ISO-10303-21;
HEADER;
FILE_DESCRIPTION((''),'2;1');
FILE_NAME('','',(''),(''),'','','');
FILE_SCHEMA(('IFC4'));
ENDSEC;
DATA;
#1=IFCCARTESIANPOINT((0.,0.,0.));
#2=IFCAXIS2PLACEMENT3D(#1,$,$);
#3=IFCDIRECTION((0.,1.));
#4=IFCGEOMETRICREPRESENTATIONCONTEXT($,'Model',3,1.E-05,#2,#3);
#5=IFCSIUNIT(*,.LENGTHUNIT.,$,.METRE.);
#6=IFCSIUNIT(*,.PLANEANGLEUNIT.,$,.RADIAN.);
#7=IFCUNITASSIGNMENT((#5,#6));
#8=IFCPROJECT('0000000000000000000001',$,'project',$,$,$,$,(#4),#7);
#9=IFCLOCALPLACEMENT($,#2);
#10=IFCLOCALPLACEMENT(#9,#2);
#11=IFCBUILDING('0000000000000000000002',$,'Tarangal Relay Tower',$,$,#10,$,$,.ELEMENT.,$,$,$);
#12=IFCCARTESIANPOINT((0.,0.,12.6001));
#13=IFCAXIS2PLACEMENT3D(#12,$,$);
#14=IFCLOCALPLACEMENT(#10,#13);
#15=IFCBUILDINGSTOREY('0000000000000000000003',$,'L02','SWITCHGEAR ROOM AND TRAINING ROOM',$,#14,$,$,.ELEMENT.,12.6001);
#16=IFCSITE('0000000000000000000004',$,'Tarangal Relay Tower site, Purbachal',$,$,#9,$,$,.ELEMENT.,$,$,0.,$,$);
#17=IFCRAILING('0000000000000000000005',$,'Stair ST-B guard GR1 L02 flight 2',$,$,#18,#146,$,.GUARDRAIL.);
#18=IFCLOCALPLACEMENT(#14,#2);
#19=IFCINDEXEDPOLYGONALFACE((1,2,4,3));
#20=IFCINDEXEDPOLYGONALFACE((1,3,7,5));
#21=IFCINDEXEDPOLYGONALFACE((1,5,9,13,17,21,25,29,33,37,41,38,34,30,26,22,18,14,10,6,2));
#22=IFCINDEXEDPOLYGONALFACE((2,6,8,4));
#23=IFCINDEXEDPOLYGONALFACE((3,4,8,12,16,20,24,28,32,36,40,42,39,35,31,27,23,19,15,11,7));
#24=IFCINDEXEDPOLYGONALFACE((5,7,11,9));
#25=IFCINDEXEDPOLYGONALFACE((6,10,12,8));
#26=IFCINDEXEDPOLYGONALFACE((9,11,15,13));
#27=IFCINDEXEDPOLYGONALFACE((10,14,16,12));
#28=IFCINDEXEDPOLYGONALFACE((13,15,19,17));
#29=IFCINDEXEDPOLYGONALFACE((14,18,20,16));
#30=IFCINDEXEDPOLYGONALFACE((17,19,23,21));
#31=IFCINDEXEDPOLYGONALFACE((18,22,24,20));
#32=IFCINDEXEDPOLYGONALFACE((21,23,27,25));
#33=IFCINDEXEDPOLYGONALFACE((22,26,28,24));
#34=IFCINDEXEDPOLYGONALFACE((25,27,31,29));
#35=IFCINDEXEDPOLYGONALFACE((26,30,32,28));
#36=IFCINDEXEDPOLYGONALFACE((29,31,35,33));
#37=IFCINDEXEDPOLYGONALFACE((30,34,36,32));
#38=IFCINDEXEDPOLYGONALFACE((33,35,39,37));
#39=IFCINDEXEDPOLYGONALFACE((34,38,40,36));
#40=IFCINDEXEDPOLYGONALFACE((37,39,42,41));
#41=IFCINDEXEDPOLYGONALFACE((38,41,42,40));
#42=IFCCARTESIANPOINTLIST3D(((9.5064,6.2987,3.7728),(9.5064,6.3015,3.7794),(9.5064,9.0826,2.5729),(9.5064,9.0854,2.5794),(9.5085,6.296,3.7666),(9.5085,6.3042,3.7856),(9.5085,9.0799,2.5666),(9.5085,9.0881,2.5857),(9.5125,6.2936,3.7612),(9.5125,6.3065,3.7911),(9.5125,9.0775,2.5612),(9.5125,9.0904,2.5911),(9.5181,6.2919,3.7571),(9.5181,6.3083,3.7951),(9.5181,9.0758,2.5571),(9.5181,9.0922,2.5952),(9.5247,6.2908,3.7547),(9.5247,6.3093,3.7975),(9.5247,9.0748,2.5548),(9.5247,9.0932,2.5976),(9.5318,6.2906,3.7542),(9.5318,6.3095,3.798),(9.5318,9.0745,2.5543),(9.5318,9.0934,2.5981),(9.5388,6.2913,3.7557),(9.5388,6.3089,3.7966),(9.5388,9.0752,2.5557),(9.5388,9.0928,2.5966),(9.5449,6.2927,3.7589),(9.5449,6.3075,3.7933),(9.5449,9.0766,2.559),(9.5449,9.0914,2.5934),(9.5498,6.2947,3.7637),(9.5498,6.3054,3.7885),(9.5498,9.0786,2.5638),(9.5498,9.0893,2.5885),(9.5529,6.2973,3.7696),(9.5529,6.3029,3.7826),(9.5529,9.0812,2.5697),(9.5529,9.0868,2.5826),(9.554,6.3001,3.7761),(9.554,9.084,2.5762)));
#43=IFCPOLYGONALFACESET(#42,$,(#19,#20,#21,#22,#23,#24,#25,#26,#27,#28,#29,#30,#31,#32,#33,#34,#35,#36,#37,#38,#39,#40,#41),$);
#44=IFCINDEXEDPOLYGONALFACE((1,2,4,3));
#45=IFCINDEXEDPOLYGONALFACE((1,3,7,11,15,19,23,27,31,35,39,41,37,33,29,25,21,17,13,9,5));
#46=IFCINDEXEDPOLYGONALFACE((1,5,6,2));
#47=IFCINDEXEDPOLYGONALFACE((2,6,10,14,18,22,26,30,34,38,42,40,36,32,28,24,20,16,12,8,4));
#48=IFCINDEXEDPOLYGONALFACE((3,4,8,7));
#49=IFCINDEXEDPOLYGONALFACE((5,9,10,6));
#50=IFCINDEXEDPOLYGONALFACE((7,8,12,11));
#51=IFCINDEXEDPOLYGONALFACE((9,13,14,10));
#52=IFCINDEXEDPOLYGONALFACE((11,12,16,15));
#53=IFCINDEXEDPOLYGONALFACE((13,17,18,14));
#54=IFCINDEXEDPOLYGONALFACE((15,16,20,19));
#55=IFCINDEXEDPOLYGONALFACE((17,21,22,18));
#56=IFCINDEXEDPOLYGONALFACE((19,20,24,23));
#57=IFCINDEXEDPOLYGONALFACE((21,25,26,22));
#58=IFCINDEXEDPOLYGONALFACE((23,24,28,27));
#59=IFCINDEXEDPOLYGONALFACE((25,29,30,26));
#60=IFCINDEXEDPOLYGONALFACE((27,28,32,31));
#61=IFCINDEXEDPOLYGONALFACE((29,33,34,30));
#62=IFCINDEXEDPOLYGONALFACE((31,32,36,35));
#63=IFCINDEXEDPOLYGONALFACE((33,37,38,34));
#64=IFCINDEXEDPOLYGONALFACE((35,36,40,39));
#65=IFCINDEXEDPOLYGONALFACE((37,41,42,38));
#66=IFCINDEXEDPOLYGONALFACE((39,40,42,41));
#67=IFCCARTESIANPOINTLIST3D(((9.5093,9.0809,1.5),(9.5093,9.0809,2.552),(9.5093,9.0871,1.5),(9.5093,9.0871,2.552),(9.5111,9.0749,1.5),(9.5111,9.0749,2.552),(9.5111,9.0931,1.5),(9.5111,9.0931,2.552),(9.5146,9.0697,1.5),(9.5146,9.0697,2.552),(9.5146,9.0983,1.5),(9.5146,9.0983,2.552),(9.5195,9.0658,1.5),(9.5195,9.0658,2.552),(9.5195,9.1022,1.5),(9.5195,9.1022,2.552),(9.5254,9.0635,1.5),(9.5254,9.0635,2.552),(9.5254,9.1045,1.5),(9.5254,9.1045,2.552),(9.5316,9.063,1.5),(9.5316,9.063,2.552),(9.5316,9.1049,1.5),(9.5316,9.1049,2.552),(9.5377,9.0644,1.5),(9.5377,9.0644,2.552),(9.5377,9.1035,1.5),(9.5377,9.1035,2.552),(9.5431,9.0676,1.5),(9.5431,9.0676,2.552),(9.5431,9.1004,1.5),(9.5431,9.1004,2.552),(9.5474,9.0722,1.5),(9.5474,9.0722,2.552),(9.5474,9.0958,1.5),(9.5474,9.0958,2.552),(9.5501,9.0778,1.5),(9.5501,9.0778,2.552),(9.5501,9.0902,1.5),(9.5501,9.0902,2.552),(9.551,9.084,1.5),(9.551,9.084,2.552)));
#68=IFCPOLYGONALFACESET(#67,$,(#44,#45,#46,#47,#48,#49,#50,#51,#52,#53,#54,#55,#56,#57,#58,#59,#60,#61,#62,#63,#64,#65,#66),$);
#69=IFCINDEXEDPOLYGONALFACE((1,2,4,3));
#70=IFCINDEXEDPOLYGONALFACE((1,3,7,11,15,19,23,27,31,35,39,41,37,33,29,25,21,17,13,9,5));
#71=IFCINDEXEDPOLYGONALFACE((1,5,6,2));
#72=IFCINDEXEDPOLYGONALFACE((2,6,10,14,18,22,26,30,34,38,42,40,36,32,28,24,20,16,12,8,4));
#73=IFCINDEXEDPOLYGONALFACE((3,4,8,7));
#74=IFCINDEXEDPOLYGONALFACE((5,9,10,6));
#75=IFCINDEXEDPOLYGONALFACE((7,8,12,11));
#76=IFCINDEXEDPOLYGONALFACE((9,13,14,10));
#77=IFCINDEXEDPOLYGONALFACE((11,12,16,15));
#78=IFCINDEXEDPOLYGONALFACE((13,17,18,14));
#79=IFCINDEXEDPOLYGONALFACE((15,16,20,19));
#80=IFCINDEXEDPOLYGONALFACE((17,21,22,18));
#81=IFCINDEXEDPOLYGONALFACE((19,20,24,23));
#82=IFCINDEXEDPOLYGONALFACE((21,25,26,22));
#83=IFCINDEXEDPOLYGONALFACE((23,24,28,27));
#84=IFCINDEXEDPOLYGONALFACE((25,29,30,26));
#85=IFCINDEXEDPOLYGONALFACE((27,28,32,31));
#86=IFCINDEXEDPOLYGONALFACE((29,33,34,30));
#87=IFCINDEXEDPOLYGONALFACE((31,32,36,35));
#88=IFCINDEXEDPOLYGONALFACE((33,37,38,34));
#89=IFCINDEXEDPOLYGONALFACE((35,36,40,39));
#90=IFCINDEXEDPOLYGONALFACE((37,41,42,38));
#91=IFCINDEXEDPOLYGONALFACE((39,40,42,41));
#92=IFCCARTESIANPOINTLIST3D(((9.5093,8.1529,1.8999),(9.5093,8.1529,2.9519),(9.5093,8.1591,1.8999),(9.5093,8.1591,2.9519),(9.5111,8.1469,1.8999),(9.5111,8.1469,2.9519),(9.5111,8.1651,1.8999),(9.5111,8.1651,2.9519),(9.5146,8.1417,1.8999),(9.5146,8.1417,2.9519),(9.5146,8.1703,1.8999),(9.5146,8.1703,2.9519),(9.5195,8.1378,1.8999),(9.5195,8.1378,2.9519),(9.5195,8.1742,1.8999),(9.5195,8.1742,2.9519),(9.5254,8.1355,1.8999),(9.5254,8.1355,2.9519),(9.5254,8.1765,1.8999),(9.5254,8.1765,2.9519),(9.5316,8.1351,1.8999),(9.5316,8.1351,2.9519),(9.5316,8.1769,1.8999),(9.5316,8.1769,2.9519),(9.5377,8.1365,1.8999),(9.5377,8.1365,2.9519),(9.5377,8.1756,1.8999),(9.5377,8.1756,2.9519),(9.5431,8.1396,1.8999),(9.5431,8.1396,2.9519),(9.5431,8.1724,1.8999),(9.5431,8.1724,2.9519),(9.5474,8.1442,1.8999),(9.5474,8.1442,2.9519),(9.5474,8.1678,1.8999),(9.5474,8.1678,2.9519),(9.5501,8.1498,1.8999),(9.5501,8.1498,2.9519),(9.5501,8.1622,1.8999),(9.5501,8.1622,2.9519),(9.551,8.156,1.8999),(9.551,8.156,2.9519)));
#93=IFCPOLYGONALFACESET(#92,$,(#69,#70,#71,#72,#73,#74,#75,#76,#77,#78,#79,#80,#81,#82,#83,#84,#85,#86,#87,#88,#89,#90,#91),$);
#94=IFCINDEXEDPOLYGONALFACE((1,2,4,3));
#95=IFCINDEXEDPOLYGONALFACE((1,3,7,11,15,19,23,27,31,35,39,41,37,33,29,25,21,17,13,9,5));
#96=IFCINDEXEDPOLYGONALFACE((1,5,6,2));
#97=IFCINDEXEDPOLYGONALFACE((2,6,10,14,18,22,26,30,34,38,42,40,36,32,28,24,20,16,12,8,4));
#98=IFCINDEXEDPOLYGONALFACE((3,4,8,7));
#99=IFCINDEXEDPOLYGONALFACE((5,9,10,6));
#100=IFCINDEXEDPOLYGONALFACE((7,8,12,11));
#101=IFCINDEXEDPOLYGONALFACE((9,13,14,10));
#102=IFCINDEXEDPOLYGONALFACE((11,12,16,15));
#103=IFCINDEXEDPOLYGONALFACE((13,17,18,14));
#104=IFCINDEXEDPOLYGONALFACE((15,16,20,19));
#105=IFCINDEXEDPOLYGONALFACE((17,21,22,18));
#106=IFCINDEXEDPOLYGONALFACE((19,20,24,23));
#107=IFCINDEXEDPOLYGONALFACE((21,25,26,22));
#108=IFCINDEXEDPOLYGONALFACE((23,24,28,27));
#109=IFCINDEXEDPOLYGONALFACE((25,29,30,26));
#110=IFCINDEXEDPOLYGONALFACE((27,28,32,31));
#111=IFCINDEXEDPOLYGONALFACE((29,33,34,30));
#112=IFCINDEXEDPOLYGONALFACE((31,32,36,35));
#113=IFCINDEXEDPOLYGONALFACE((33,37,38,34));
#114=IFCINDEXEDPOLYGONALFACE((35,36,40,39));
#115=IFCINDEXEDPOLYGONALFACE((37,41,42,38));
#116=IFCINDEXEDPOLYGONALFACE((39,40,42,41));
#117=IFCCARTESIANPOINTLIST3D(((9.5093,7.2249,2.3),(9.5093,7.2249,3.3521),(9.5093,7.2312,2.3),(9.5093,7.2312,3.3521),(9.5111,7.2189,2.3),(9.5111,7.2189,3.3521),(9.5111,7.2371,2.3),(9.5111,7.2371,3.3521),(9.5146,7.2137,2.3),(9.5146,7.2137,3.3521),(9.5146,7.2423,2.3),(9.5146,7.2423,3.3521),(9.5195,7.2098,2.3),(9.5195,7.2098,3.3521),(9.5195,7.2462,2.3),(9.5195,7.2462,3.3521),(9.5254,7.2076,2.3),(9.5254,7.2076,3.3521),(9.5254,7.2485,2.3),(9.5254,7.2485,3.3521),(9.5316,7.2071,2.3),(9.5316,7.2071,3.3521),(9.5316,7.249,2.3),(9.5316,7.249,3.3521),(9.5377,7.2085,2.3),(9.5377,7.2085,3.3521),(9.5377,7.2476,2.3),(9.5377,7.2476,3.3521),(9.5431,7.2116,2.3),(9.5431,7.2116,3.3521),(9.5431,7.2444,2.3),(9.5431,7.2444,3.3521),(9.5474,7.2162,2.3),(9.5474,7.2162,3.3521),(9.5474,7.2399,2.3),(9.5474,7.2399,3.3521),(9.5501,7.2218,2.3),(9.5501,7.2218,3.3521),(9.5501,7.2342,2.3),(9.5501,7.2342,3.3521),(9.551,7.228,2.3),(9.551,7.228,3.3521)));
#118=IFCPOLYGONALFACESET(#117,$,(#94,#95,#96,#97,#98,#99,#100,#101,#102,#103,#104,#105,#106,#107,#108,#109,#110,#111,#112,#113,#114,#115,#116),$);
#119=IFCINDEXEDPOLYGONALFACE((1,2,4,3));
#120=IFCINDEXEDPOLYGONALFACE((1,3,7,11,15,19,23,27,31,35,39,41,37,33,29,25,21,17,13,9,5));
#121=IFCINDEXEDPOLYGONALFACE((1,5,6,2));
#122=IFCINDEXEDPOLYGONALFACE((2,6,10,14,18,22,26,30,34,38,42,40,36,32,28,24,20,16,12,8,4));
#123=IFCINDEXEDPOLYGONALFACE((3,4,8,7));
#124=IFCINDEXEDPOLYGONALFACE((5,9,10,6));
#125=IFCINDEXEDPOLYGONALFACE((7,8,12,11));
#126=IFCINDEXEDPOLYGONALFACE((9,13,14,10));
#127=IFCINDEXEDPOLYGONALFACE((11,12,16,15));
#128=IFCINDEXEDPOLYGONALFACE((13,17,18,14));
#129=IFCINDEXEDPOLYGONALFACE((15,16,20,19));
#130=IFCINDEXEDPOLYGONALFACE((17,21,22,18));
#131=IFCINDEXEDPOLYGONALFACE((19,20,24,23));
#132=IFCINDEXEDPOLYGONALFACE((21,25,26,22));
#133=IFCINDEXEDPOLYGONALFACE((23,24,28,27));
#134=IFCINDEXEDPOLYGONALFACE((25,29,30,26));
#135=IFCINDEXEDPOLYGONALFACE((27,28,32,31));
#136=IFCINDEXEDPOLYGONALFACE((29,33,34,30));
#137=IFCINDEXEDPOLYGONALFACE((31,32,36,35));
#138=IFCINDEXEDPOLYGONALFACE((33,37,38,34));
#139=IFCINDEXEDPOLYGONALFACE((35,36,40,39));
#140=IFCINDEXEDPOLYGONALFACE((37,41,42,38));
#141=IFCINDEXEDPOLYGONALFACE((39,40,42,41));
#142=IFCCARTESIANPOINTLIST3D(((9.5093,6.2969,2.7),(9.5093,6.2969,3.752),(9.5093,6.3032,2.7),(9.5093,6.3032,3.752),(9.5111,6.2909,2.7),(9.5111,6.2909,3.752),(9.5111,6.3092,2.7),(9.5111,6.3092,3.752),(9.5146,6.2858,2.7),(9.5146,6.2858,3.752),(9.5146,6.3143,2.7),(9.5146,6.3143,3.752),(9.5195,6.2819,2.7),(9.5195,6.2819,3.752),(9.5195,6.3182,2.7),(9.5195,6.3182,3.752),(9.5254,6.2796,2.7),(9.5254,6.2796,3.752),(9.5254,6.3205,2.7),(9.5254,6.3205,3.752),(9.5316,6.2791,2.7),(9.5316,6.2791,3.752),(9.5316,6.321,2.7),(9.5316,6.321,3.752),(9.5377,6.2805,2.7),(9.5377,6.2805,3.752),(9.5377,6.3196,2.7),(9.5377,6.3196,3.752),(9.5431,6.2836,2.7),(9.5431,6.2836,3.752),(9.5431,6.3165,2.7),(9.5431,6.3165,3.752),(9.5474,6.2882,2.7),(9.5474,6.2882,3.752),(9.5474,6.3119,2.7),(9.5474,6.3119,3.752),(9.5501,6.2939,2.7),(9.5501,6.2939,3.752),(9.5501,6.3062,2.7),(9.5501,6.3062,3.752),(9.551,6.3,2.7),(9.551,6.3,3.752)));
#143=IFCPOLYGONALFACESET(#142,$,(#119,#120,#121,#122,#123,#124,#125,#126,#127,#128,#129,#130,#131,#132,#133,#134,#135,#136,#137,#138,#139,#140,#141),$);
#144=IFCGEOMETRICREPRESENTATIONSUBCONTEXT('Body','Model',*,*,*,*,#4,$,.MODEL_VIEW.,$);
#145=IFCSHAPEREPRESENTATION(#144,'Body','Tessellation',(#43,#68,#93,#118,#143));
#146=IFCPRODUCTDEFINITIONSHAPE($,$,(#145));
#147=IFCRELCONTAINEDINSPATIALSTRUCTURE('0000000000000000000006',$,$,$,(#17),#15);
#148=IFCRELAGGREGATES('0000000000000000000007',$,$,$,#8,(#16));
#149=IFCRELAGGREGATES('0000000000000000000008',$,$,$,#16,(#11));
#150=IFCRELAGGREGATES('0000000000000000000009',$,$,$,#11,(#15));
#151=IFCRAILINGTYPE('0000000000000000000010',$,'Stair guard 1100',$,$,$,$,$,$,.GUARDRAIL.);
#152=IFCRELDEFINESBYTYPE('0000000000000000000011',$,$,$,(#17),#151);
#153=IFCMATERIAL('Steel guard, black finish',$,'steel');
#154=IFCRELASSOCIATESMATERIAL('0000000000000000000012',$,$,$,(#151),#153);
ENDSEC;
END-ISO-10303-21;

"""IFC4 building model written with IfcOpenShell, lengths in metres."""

from ifc_helpers import new_model, si_unit, direction, frame, origin, origin_2d, place, context, subcontext, project, spatial, circle, extrude, material, type_object, element, save


model = new_model("IFC4")

# Units and contexts
model_context = context("Model", 3, precision=1e-05, world=origin(), true_north=direction((0.0, 1.0)))
body_context = subcontext(model_context, "Body", "Model", "MODEL_VIEW")
ifc_project = project(units=[si_unit("LENGTHUNIT", "METRE"), si_unit("PLANEANGLEUNIT", "RADIAN")], contexts=[model_context])

# Site, building, storey
site_placement = place(None, origin())
site = spatial("IfcSite", under=ifc_project, at=site_placement, Name="Tarangal Relay Tower site, Purbachal", CompositionType="ELEMENT", RefElevation=0.0)
building_placement = place(site_placement, origin())
building = spatial("IfcBuilding", under=site, at=building_placement, Name="Tarangal Relay Tower", CompositionType="ELEMENT")
storey_placement = place(building_placement, frame((0.0, 0.0, 12.6001)))
storey = spatial("IfcBuildingStorey", under=building, at=storey_placement, Name="L02", Description="SWITCHGEAR ROOM AND TRAINING ROOM", CompositionType="ELEMENT", Elevation=12.6001)

# Railing
ifc_material_1 = material(Name="Steel guard, black finish", Category="steel")
railing_type_1 = type_object("IfcRailingType", Name="Stair guard 1100", PredefinedType="GUARDRAIL", material=ifc_material_1)
railing_1_placement = place(storey_placement, frame((9.53, 9.084, 1.5)))
element("IfcRailing", 1, at=railing_1_placement, inside=storey, type_object=railing_type_1, Name="Stair ST-B guard GR1 L02 flight 2", PredefinedType="GUARDRAIL", context=body_context, shape_type="SweptSolid", body=[
    extrude(circle(Radius=0.0239, at=origin_2d()), frame((0.0, 0.0, 1.0762), z_axis=(0.0, -0.918327, 0.395823), x_axis=(1.0, 0.0, 0.0)), (0.0, 0.0, 1.0), 3.0315),
    extrude(circle(Radius=0.021, at=origin_2d()), origin(), (0.0, 0.0, 1.0), 1.052),
    extrude(circle(Radius=0.021, at=origin_2d()), frame((0.0, -0.928, 0.3999)), (0.0, 0.0, 1.0), 1.052),
    extrude(circle(Radius=0.021, at=origin_2d()), frame((0.0, -1.856, 0.8)), (0.0, 0.0, 1.0), 1.052),
    extrude(circle(Radius=0.021, at=origin_2d()), frame((0.0, -2.7839, 1.2)), (0.0, 0.0, 1.0), 1.052),
])

save(model, "model.ifc")
